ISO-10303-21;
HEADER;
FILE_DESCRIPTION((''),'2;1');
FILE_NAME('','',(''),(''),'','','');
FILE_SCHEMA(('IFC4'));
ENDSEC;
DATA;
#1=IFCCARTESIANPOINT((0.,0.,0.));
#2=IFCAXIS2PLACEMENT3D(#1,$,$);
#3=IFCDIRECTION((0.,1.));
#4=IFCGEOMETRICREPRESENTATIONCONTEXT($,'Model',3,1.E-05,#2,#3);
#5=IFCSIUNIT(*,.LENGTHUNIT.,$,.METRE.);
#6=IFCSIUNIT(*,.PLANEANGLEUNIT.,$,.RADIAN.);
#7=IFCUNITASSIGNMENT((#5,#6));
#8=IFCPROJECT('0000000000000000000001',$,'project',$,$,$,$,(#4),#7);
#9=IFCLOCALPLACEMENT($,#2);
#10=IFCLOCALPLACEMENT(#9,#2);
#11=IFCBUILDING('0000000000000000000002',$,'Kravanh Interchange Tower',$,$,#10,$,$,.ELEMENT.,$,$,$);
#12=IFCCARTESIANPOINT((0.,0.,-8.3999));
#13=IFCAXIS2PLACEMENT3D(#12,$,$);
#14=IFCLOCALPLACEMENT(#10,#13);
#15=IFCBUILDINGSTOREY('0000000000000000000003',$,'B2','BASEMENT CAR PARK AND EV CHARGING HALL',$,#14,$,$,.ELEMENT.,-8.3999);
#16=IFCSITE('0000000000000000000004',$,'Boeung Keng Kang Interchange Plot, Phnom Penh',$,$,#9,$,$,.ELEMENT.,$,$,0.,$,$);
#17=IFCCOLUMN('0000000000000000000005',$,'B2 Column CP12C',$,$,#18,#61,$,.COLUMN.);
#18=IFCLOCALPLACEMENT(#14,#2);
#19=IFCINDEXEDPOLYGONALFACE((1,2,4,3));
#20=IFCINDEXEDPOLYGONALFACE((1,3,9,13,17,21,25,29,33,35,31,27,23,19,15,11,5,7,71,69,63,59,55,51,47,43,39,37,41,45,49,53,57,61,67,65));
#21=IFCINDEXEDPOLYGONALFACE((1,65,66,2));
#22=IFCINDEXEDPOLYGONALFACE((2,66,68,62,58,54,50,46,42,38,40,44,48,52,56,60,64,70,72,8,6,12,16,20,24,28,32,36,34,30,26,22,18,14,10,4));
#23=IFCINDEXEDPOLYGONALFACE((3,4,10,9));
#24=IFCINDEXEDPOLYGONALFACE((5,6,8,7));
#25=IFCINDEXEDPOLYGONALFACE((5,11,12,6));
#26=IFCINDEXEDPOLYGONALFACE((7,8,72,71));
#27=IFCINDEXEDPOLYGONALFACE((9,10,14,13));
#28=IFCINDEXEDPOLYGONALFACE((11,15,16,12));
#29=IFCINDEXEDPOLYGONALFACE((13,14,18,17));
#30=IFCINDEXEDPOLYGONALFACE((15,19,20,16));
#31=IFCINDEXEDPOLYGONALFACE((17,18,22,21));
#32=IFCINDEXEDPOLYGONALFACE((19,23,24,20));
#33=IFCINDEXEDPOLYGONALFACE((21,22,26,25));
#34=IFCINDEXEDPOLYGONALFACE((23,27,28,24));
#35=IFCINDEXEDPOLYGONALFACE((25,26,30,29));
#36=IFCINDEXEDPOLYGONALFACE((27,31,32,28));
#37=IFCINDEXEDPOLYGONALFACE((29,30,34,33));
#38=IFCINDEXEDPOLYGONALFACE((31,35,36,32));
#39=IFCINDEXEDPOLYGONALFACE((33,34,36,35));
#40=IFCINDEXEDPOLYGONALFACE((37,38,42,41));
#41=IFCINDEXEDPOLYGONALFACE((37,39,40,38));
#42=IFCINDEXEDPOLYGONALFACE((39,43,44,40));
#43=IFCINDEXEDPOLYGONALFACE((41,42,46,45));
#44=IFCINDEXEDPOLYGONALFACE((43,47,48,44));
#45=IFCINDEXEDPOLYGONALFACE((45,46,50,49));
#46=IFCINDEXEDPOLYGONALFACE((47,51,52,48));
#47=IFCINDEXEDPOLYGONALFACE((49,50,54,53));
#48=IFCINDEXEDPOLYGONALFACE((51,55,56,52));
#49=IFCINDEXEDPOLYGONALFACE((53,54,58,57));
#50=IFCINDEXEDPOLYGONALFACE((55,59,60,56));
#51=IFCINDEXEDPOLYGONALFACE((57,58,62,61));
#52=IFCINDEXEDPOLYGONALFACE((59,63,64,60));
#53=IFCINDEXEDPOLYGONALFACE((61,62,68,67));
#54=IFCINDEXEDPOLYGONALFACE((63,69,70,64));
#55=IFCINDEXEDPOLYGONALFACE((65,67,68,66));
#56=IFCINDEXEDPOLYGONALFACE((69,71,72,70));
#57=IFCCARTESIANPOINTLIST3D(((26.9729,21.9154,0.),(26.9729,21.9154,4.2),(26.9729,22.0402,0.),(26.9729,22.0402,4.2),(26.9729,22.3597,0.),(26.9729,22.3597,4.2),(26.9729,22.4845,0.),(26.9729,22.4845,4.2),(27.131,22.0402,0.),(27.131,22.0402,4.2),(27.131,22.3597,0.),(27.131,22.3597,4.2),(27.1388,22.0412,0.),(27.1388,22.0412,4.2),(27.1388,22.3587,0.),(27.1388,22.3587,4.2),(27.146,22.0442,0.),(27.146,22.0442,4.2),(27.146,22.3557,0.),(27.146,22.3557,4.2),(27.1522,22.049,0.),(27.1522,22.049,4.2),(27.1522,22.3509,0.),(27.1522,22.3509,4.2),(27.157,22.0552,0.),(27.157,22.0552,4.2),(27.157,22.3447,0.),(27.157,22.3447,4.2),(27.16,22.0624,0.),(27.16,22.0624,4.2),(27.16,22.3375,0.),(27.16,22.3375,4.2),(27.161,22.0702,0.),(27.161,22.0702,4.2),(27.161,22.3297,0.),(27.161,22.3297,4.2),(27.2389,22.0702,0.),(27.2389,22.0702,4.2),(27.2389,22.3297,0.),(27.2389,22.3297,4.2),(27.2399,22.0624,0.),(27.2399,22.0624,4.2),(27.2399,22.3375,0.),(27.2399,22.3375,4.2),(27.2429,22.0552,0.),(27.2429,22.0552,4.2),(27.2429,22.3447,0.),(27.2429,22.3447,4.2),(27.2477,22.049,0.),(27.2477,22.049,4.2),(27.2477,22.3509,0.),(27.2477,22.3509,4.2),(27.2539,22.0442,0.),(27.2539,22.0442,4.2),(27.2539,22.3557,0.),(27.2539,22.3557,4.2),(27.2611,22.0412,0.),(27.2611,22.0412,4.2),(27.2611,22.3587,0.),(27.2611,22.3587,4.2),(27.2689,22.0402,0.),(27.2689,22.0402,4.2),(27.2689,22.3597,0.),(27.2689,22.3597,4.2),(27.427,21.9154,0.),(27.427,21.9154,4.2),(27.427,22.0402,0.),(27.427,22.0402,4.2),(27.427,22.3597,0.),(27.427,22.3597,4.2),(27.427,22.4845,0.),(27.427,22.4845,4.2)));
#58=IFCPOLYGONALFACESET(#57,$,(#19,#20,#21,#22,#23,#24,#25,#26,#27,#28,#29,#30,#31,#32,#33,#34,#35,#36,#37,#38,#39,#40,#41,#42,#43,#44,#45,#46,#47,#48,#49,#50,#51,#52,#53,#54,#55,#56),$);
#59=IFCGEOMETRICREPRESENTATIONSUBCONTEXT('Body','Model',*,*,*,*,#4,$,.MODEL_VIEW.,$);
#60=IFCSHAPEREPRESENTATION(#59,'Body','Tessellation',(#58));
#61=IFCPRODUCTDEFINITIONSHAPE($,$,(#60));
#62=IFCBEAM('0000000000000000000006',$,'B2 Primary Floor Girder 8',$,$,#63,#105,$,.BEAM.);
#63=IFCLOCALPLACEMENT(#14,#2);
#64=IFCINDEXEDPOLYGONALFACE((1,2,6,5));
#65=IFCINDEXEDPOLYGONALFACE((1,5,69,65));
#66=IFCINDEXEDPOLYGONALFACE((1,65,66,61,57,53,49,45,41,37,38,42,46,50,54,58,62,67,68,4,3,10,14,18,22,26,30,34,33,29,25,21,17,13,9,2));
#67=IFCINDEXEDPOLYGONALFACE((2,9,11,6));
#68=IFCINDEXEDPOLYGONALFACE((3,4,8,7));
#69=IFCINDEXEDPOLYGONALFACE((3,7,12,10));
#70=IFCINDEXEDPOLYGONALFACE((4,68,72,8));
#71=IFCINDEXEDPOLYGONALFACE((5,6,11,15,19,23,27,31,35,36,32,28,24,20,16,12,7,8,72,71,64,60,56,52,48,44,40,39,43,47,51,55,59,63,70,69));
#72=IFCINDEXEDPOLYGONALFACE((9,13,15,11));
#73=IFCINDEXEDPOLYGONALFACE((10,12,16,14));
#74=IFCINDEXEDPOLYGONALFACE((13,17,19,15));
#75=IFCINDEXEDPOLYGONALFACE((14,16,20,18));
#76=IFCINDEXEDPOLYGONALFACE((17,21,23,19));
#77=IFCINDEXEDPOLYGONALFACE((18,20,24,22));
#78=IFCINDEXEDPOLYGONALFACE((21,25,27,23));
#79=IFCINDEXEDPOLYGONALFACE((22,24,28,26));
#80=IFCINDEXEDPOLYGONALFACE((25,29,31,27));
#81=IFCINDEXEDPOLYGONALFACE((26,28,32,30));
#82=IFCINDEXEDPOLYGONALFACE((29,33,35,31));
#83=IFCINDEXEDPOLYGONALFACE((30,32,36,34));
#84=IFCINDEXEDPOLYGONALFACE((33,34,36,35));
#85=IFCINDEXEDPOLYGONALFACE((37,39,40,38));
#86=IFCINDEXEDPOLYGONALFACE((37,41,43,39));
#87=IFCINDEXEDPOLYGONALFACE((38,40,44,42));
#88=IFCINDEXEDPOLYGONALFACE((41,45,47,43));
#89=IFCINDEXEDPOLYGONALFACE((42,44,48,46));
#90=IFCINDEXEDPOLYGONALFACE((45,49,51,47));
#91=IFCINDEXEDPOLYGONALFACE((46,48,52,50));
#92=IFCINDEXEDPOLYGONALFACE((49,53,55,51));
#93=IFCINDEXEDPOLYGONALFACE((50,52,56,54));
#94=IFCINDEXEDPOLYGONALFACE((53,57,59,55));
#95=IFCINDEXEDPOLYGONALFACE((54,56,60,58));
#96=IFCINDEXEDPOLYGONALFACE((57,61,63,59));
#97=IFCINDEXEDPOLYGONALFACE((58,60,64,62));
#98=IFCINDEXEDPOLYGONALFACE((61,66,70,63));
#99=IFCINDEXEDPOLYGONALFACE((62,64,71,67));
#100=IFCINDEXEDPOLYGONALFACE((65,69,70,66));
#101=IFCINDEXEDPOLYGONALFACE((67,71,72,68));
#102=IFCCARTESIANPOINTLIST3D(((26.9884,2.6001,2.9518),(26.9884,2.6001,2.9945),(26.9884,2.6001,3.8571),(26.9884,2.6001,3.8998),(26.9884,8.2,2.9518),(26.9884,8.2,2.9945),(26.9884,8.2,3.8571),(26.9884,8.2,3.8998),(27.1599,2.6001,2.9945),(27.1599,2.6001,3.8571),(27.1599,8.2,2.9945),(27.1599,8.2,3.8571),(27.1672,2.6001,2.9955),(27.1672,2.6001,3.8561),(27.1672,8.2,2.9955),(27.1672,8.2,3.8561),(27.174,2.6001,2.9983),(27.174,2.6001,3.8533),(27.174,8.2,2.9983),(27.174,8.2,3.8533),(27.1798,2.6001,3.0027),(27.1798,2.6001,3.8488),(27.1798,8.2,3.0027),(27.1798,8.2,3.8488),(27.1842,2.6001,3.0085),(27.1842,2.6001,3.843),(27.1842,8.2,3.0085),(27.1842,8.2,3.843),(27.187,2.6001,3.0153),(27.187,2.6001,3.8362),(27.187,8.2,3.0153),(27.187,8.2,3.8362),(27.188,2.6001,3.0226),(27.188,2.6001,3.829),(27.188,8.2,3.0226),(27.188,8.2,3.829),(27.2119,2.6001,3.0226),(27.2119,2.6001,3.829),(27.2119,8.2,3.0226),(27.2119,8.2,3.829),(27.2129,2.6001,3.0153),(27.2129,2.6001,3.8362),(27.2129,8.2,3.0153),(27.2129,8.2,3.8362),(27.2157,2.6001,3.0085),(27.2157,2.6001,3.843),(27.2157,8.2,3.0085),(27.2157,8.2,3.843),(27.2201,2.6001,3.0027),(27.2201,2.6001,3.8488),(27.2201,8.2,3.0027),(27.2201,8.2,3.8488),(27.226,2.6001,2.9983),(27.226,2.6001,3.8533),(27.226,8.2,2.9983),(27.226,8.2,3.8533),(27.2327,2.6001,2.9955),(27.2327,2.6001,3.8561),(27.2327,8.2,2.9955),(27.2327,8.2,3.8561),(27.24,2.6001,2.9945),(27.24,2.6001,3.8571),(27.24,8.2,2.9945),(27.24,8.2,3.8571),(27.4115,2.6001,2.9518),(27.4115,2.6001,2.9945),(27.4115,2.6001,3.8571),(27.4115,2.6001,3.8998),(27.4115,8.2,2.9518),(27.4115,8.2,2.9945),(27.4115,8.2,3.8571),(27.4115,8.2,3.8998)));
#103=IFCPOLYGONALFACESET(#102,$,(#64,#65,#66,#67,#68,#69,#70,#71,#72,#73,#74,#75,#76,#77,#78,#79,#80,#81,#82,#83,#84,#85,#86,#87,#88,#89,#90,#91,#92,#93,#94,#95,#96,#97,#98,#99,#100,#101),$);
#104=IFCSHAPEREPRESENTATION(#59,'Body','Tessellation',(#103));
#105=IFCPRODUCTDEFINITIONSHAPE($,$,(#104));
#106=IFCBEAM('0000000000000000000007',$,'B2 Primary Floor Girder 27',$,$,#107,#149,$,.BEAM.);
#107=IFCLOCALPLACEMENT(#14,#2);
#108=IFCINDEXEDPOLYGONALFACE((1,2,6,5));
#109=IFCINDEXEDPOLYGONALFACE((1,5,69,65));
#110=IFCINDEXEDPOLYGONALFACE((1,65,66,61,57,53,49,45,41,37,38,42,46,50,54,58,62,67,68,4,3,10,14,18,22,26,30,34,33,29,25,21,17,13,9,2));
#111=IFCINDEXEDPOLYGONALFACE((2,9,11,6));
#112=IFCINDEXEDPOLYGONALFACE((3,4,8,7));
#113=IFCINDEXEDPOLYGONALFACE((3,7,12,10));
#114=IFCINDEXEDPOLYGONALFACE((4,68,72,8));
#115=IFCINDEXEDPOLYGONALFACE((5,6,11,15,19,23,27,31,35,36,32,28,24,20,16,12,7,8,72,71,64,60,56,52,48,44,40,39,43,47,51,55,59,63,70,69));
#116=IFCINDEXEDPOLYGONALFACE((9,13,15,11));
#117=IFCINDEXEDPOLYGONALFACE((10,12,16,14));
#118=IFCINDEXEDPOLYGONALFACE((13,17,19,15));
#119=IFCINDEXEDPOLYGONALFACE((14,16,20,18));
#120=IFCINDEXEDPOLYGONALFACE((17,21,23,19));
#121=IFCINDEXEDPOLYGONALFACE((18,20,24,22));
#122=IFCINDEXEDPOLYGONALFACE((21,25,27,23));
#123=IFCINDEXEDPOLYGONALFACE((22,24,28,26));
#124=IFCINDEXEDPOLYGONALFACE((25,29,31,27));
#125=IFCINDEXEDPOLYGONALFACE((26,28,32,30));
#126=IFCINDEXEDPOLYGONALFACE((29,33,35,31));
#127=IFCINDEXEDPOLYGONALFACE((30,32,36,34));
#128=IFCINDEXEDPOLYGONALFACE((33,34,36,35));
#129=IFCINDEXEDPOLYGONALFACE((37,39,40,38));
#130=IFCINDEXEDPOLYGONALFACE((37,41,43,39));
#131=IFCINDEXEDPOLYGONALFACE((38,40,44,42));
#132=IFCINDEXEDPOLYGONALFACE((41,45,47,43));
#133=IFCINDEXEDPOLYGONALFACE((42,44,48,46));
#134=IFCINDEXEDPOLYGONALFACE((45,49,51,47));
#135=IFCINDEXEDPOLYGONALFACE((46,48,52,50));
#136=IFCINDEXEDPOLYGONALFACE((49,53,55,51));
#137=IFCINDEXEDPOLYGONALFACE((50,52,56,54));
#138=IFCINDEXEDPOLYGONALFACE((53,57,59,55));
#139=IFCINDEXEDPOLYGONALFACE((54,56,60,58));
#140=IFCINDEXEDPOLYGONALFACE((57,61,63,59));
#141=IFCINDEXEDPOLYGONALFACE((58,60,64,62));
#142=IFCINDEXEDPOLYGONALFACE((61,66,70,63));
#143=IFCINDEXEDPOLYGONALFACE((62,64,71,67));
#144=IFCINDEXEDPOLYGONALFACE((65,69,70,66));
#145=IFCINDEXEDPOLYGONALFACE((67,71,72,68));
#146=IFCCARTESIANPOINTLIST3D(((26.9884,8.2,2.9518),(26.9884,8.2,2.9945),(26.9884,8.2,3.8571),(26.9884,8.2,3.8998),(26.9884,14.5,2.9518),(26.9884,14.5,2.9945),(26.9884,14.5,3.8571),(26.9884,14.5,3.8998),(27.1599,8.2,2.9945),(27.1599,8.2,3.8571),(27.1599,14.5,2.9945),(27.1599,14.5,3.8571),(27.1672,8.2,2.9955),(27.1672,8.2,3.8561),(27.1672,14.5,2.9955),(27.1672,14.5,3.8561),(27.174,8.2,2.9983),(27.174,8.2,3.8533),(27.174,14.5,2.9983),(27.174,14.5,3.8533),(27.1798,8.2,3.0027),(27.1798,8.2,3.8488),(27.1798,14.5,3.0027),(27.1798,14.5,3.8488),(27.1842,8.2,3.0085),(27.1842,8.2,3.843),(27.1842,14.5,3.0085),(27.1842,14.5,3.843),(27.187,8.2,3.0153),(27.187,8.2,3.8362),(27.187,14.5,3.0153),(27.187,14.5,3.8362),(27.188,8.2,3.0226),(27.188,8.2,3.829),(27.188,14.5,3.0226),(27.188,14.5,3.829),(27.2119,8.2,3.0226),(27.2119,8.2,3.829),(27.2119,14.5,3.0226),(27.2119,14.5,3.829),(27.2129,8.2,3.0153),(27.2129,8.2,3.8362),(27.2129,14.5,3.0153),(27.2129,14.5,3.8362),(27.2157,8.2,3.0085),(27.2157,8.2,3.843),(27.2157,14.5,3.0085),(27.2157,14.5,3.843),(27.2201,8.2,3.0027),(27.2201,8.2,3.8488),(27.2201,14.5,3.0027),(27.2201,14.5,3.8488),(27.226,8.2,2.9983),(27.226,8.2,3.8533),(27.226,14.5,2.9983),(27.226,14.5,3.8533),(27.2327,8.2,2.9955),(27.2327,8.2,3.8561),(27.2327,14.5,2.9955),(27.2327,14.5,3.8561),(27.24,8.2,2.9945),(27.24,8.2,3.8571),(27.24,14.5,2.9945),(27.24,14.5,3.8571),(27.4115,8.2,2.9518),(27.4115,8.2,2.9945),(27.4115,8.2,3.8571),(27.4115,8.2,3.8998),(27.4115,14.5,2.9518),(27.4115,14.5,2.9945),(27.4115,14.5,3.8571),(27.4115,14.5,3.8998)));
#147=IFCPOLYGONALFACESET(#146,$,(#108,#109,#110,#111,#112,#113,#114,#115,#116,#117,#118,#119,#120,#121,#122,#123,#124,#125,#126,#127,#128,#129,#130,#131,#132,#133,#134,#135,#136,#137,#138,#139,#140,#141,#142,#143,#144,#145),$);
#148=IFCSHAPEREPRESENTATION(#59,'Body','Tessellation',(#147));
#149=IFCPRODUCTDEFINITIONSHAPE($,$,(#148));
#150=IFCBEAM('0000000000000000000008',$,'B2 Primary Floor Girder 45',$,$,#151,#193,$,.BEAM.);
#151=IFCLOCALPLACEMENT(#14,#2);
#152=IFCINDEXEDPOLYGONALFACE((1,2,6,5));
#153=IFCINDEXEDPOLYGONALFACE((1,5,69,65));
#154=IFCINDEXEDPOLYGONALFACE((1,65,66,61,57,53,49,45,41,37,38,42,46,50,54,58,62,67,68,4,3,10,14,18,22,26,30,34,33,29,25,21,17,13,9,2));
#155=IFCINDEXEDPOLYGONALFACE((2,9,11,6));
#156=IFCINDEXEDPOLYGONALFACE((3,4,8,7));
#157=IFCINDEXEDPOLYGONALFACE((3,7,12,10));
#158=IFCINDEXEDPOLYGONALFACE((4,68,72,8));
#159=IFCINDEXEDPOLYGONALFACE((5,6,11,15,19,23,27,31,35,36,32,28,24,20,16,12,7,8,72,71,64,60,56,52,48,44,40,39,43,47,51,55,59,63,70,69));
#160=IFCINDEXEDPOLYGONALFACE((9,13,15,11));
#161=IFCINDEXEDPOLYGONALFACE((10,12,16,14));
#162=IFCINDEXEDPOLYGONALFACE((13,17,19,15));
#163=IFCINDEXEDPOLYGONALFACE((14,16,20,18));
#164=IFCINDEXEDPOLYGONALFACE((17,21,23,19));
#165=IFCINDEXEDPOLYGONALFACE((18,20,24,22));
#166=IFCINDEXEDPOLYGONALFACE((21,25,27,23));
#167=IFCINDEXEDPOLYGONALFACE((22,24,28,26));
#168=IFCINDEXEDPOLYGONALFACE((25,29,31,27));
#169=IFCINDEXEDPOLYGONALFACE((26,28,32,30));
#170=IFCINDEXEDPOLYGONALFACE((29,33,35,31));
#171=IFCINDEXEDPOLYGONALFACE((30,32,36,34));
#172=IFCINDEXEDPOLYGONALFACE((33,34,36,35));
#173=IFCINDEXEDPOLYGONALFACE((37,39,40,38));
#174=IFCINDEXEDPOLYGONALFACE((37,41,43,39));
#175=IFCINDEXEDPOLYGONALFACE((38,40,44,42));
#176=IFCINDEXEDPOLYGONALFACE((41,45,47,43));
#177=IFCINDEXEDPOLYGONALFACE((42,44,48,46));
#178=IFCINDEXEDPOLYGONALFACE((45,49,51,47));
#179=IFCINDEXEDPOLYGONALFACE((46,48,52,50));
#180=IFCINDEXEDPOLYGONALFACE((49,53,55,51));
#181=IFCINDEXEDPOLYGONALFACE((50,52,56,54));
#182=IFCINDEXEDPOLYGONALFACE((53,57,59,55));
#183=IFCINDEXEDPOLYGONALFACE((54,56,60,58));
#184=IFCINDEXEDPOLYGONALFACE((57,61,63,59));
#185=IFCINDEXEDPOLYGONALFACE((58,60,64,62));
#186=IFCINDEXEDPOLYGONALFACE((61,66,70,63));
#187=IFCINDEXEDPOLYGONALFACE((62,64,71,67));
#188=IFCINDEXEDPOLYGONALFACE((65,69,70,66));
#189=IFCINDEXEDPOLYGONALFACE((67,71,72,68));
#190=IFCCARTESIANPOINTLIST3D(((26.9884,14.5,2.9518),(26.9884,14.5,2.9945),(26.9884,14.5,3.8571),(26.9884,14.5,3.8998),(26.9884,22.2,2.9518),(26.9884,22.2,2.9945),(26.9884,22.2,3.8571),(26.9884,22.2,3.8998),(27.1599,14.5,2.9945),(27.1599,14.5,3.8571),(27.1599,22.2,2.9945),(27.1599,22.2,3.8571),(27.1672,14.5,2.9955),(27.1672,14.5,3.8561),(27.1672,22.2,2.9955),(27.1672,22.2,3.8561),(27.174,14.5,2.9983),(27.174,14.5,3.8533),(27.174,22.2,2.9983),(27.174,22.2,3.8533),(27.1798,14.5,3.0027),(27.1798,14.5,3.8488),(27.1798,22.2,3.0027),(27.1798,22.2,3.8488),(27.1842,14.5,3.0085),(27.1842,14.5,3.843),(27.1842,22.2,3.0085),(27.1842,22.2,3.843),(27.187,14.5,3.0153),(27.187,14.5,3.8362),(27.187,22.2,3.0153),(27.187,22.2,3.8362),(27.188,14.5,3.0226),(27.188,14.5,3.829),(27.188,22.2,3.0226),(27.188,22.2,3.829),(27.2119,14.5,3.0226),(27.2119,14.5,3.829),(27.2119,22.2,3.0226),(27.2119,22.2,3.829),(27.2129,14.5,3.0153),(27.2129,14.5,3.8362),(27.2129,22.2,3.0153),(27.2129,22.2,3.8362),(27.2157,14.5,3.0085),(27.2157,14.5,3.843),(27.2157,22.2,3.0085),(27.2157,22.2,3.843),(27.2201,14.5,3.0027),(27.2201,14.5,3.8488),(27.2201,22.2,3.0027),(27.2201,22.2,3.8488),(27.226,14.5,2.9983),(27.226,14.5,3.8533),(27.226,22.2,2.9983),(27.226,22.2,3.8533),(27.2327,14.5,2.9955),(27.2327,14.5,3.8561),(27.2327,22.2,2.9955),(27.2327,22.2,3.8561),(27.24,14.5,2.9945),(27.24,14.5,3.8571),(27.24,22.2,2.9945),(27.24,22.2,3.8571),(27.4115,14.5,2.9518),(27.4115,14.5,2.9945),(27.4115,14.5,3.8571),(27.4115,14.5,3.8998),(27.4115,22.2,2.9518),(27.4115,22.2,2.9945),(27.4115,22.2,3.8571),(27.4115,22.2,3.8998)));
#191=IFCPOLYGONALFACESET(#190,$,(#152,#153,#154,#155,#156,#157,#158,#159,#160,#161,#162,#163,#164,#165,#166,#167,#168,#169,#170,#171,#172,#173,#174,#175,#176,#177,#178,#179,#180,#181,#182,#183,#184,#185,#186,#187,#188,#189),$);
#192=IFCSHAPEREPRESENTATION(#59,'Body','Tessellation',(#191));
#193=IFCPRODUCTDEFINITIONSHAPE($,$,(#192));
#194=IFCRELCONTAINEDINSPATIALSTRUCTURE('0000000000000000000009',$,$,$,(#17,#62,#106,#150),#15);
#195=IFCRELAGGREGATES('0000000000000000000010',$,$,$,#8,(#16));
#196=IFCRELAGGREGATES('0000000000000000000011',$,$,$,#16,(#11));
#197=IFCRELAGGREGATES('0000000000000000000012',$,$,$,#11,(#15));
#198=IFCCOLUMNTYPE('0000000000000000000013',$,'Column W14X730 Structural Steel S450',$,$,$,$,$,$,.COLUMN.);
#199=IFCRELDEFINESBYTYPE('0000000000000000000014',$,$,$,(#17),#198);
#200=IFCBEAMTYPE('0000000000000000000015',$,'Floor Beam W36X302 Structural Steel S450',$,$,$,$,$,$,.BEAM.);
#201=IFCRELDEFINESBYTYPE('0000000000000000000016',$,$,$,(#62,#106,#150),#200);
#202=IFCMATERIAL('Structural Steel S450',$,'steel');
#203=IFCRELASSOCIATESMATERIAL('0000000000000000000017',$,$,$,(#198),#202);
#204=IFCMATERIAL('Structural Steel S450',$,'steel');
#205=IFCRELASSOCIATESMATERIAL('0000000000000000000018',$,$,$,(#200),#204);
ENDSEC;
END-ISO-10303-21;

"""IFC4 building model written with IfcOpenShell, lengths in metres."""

from ifc_helpers import new_model, si_unit, direction, frame, origin, origin_2d, place, context, subcontext, project, spatial, i_section, extrude, material, material_profile, profile_set, type_object, element, save


model = new_model("IFC4")

# Units and contexts
model_context = context("Model", 3, precision=1e-05, world=origin(), true_north=direction((0.0, 1.0)))
body_context = subcontext(model_context, "Body", "Model", "MODEL_VIEW")
ifc_project = project(units=[si_unit("LENGTHUNIT", "METRE"), si_unit("PLANEANGLEUNIT", "RADIAN")], contexts=[model_context])

# Site, building, storey
site_placement = place(None, origin())
site = spatial("IfcSite", under=ifc_project, at=site_placement, Name="Boeung Keng Kang Interchange Plot, Phnom Penh", CompositionType="ELEMENT", RefElevation=0.0)
building_placement = place(site_placement, origin())
building = spatial("IfcBuilding", under=site, at=building_placement, Name="Kravanh Interchange Tower", CompositionType="ELEMENT")
storey_placement = place(building_placement, frame((0.0, 0.0, -8.3999)))
storey = spatial("IfcBuildingStorey", under=building, at=storey_placement, Name="B2", Description="BASEMENT CAR PARK AND EV CHARGING HALL", CompositionType="ELEMENT", Elevation=-8.3999)

# Column
ifc_material_1 = material(Name="Structural Steel S450", Category="steel")
ifc_material_profile_1 = material_profile(ifc_material_1, i_section(OverallWidth=0.4541, OverallDepth=0.5691, WebThickness=0.0779, FlangeThickness=0.1248, FilletRadius=0.03, at=origin_2d()), Name="W14X730")
ifc_profile_set_1 = profile_set([ifc_material_profile_1], Name="Structural Steel S450")
column_type = type_object("IfcColumnType", Name="Column W14X730 Structural Steel S450", PredefinedType="COLUMN", material=ifc_profile_set_1)
for number, where, z_axis, x_axis, name in (
    (1, (27.2, 22.2, 0.0), (0.0, 0.0, 1.0), (1.0, 0.0, 0.0), "B2 Column CP12C"),
):
    element("IfcColumn", number, at=place(storey_placement, frame(where, z_axis=z_axis, x_axis=x_axis)), inside=storey, type_object=column_type, Name=name, PredefinedType="COLUMN", context=body_context, shape_type="SweptSolid", body=[
        extrude(i_section(OverallWidth=0.4541, OverallDepth=0.5691, WebThickness=0.0779, FlangeThickness=0.1248, FilletRadius=0.03, at=origin_2d()), origin(), (0.0, 0.0, 1.0), 4.2),
    ])

# Beams
ifc_material_2 = material(Name="Structural Steel S450", Category="steel")
ifc_material_profile_2 = material_profile(ifc_material_2, i_section(OverallWidth=0.4231, OverallDepth=0.948, WebThickness=0.0239, FlangeThickness=0.0427, FilletRadius=0.0281, at=origin_2d()), Name="W36X302")
ifc_profile_set_2 = profile_set([ifc_material_profile_2], Name="Structural Steel S450")
beam_type_1 = type_object("IfcBeamType", Name="Floor Beam W36X302 Structural Steel S450", PredefinedType="BEAM", material=ifc_profile_set_2)
beam_1_placement = place(storey_placement, frame((27.2, 2.6001, 3.4258), z_axis=(0.0, 1.0, 0.0), x_axis=(-1.0, 0.0, 0.0)))
element("IfcBeam", 2, at=beam_1_placement, inside=storey, type_object=beam_type_1, Name="B2 Primary Floor Girder 8", PredefinedType="BEAM", context=body_context, shape_type="SweptSolid", body=[
    extrude(i_section(OverallWidth=0.4231, OverallDepth=0.948, WebThickness=0.0239, FlangeThickness=0.0427, FilletRadius=0.0281, at=origin_2d()), origin(), (0.0, 0.0, 1.0), 5.5999),
])
beam_2_placement = place(storey_placement, frame((27.2, 8.2, 3.4258), z_axis=(0.0, 1.0, 0.0), x_axis=(-1.0, 0.0, 0.0)))
element("IfcBeam", 3, at=beam_2_placement, inside=storey, type_object=beam_type_1, Name="B2 Primary Floor Girder 27", PredefinedType="BEAM", context=body_context, shape_type="SweptSolid", body=[
    extrude(i_section(OverallWidth=0.4231, OverallDepth=0.948, WebThickness=0.0239, FlangeThickness=0.0427, FilletRadius=0.0281, at=origin_2d()), origin(), (0.0, 0.0, 1.0), 6.3),
])
beam_3_placement = place(storey_placement, frame((27.2, 14.5, 3.4258), z_axis=(0.0, 1.0, 0.0), x_axis=(-1.0, 0.0, 0.0)))
element("IfcBeam", 4, at=beam_3_placement, inside=storey, type_object=beam_type_1, Name="B2 Primary Floor Girder 45", PredefinedType="BEAM", context=body_context, shape_type="SweptSolid", body=[
    extrude(i_section(OverallWidth=0.4231, OverallDepth=0.948, WebThickness=0.0239, FlangeThickness=0.0427, FilletRadius=0.0281, at=origin_2d()), origin(), (0.0, 0.0, 1.0), 7.7),
])

save(model, "model.ifc")
